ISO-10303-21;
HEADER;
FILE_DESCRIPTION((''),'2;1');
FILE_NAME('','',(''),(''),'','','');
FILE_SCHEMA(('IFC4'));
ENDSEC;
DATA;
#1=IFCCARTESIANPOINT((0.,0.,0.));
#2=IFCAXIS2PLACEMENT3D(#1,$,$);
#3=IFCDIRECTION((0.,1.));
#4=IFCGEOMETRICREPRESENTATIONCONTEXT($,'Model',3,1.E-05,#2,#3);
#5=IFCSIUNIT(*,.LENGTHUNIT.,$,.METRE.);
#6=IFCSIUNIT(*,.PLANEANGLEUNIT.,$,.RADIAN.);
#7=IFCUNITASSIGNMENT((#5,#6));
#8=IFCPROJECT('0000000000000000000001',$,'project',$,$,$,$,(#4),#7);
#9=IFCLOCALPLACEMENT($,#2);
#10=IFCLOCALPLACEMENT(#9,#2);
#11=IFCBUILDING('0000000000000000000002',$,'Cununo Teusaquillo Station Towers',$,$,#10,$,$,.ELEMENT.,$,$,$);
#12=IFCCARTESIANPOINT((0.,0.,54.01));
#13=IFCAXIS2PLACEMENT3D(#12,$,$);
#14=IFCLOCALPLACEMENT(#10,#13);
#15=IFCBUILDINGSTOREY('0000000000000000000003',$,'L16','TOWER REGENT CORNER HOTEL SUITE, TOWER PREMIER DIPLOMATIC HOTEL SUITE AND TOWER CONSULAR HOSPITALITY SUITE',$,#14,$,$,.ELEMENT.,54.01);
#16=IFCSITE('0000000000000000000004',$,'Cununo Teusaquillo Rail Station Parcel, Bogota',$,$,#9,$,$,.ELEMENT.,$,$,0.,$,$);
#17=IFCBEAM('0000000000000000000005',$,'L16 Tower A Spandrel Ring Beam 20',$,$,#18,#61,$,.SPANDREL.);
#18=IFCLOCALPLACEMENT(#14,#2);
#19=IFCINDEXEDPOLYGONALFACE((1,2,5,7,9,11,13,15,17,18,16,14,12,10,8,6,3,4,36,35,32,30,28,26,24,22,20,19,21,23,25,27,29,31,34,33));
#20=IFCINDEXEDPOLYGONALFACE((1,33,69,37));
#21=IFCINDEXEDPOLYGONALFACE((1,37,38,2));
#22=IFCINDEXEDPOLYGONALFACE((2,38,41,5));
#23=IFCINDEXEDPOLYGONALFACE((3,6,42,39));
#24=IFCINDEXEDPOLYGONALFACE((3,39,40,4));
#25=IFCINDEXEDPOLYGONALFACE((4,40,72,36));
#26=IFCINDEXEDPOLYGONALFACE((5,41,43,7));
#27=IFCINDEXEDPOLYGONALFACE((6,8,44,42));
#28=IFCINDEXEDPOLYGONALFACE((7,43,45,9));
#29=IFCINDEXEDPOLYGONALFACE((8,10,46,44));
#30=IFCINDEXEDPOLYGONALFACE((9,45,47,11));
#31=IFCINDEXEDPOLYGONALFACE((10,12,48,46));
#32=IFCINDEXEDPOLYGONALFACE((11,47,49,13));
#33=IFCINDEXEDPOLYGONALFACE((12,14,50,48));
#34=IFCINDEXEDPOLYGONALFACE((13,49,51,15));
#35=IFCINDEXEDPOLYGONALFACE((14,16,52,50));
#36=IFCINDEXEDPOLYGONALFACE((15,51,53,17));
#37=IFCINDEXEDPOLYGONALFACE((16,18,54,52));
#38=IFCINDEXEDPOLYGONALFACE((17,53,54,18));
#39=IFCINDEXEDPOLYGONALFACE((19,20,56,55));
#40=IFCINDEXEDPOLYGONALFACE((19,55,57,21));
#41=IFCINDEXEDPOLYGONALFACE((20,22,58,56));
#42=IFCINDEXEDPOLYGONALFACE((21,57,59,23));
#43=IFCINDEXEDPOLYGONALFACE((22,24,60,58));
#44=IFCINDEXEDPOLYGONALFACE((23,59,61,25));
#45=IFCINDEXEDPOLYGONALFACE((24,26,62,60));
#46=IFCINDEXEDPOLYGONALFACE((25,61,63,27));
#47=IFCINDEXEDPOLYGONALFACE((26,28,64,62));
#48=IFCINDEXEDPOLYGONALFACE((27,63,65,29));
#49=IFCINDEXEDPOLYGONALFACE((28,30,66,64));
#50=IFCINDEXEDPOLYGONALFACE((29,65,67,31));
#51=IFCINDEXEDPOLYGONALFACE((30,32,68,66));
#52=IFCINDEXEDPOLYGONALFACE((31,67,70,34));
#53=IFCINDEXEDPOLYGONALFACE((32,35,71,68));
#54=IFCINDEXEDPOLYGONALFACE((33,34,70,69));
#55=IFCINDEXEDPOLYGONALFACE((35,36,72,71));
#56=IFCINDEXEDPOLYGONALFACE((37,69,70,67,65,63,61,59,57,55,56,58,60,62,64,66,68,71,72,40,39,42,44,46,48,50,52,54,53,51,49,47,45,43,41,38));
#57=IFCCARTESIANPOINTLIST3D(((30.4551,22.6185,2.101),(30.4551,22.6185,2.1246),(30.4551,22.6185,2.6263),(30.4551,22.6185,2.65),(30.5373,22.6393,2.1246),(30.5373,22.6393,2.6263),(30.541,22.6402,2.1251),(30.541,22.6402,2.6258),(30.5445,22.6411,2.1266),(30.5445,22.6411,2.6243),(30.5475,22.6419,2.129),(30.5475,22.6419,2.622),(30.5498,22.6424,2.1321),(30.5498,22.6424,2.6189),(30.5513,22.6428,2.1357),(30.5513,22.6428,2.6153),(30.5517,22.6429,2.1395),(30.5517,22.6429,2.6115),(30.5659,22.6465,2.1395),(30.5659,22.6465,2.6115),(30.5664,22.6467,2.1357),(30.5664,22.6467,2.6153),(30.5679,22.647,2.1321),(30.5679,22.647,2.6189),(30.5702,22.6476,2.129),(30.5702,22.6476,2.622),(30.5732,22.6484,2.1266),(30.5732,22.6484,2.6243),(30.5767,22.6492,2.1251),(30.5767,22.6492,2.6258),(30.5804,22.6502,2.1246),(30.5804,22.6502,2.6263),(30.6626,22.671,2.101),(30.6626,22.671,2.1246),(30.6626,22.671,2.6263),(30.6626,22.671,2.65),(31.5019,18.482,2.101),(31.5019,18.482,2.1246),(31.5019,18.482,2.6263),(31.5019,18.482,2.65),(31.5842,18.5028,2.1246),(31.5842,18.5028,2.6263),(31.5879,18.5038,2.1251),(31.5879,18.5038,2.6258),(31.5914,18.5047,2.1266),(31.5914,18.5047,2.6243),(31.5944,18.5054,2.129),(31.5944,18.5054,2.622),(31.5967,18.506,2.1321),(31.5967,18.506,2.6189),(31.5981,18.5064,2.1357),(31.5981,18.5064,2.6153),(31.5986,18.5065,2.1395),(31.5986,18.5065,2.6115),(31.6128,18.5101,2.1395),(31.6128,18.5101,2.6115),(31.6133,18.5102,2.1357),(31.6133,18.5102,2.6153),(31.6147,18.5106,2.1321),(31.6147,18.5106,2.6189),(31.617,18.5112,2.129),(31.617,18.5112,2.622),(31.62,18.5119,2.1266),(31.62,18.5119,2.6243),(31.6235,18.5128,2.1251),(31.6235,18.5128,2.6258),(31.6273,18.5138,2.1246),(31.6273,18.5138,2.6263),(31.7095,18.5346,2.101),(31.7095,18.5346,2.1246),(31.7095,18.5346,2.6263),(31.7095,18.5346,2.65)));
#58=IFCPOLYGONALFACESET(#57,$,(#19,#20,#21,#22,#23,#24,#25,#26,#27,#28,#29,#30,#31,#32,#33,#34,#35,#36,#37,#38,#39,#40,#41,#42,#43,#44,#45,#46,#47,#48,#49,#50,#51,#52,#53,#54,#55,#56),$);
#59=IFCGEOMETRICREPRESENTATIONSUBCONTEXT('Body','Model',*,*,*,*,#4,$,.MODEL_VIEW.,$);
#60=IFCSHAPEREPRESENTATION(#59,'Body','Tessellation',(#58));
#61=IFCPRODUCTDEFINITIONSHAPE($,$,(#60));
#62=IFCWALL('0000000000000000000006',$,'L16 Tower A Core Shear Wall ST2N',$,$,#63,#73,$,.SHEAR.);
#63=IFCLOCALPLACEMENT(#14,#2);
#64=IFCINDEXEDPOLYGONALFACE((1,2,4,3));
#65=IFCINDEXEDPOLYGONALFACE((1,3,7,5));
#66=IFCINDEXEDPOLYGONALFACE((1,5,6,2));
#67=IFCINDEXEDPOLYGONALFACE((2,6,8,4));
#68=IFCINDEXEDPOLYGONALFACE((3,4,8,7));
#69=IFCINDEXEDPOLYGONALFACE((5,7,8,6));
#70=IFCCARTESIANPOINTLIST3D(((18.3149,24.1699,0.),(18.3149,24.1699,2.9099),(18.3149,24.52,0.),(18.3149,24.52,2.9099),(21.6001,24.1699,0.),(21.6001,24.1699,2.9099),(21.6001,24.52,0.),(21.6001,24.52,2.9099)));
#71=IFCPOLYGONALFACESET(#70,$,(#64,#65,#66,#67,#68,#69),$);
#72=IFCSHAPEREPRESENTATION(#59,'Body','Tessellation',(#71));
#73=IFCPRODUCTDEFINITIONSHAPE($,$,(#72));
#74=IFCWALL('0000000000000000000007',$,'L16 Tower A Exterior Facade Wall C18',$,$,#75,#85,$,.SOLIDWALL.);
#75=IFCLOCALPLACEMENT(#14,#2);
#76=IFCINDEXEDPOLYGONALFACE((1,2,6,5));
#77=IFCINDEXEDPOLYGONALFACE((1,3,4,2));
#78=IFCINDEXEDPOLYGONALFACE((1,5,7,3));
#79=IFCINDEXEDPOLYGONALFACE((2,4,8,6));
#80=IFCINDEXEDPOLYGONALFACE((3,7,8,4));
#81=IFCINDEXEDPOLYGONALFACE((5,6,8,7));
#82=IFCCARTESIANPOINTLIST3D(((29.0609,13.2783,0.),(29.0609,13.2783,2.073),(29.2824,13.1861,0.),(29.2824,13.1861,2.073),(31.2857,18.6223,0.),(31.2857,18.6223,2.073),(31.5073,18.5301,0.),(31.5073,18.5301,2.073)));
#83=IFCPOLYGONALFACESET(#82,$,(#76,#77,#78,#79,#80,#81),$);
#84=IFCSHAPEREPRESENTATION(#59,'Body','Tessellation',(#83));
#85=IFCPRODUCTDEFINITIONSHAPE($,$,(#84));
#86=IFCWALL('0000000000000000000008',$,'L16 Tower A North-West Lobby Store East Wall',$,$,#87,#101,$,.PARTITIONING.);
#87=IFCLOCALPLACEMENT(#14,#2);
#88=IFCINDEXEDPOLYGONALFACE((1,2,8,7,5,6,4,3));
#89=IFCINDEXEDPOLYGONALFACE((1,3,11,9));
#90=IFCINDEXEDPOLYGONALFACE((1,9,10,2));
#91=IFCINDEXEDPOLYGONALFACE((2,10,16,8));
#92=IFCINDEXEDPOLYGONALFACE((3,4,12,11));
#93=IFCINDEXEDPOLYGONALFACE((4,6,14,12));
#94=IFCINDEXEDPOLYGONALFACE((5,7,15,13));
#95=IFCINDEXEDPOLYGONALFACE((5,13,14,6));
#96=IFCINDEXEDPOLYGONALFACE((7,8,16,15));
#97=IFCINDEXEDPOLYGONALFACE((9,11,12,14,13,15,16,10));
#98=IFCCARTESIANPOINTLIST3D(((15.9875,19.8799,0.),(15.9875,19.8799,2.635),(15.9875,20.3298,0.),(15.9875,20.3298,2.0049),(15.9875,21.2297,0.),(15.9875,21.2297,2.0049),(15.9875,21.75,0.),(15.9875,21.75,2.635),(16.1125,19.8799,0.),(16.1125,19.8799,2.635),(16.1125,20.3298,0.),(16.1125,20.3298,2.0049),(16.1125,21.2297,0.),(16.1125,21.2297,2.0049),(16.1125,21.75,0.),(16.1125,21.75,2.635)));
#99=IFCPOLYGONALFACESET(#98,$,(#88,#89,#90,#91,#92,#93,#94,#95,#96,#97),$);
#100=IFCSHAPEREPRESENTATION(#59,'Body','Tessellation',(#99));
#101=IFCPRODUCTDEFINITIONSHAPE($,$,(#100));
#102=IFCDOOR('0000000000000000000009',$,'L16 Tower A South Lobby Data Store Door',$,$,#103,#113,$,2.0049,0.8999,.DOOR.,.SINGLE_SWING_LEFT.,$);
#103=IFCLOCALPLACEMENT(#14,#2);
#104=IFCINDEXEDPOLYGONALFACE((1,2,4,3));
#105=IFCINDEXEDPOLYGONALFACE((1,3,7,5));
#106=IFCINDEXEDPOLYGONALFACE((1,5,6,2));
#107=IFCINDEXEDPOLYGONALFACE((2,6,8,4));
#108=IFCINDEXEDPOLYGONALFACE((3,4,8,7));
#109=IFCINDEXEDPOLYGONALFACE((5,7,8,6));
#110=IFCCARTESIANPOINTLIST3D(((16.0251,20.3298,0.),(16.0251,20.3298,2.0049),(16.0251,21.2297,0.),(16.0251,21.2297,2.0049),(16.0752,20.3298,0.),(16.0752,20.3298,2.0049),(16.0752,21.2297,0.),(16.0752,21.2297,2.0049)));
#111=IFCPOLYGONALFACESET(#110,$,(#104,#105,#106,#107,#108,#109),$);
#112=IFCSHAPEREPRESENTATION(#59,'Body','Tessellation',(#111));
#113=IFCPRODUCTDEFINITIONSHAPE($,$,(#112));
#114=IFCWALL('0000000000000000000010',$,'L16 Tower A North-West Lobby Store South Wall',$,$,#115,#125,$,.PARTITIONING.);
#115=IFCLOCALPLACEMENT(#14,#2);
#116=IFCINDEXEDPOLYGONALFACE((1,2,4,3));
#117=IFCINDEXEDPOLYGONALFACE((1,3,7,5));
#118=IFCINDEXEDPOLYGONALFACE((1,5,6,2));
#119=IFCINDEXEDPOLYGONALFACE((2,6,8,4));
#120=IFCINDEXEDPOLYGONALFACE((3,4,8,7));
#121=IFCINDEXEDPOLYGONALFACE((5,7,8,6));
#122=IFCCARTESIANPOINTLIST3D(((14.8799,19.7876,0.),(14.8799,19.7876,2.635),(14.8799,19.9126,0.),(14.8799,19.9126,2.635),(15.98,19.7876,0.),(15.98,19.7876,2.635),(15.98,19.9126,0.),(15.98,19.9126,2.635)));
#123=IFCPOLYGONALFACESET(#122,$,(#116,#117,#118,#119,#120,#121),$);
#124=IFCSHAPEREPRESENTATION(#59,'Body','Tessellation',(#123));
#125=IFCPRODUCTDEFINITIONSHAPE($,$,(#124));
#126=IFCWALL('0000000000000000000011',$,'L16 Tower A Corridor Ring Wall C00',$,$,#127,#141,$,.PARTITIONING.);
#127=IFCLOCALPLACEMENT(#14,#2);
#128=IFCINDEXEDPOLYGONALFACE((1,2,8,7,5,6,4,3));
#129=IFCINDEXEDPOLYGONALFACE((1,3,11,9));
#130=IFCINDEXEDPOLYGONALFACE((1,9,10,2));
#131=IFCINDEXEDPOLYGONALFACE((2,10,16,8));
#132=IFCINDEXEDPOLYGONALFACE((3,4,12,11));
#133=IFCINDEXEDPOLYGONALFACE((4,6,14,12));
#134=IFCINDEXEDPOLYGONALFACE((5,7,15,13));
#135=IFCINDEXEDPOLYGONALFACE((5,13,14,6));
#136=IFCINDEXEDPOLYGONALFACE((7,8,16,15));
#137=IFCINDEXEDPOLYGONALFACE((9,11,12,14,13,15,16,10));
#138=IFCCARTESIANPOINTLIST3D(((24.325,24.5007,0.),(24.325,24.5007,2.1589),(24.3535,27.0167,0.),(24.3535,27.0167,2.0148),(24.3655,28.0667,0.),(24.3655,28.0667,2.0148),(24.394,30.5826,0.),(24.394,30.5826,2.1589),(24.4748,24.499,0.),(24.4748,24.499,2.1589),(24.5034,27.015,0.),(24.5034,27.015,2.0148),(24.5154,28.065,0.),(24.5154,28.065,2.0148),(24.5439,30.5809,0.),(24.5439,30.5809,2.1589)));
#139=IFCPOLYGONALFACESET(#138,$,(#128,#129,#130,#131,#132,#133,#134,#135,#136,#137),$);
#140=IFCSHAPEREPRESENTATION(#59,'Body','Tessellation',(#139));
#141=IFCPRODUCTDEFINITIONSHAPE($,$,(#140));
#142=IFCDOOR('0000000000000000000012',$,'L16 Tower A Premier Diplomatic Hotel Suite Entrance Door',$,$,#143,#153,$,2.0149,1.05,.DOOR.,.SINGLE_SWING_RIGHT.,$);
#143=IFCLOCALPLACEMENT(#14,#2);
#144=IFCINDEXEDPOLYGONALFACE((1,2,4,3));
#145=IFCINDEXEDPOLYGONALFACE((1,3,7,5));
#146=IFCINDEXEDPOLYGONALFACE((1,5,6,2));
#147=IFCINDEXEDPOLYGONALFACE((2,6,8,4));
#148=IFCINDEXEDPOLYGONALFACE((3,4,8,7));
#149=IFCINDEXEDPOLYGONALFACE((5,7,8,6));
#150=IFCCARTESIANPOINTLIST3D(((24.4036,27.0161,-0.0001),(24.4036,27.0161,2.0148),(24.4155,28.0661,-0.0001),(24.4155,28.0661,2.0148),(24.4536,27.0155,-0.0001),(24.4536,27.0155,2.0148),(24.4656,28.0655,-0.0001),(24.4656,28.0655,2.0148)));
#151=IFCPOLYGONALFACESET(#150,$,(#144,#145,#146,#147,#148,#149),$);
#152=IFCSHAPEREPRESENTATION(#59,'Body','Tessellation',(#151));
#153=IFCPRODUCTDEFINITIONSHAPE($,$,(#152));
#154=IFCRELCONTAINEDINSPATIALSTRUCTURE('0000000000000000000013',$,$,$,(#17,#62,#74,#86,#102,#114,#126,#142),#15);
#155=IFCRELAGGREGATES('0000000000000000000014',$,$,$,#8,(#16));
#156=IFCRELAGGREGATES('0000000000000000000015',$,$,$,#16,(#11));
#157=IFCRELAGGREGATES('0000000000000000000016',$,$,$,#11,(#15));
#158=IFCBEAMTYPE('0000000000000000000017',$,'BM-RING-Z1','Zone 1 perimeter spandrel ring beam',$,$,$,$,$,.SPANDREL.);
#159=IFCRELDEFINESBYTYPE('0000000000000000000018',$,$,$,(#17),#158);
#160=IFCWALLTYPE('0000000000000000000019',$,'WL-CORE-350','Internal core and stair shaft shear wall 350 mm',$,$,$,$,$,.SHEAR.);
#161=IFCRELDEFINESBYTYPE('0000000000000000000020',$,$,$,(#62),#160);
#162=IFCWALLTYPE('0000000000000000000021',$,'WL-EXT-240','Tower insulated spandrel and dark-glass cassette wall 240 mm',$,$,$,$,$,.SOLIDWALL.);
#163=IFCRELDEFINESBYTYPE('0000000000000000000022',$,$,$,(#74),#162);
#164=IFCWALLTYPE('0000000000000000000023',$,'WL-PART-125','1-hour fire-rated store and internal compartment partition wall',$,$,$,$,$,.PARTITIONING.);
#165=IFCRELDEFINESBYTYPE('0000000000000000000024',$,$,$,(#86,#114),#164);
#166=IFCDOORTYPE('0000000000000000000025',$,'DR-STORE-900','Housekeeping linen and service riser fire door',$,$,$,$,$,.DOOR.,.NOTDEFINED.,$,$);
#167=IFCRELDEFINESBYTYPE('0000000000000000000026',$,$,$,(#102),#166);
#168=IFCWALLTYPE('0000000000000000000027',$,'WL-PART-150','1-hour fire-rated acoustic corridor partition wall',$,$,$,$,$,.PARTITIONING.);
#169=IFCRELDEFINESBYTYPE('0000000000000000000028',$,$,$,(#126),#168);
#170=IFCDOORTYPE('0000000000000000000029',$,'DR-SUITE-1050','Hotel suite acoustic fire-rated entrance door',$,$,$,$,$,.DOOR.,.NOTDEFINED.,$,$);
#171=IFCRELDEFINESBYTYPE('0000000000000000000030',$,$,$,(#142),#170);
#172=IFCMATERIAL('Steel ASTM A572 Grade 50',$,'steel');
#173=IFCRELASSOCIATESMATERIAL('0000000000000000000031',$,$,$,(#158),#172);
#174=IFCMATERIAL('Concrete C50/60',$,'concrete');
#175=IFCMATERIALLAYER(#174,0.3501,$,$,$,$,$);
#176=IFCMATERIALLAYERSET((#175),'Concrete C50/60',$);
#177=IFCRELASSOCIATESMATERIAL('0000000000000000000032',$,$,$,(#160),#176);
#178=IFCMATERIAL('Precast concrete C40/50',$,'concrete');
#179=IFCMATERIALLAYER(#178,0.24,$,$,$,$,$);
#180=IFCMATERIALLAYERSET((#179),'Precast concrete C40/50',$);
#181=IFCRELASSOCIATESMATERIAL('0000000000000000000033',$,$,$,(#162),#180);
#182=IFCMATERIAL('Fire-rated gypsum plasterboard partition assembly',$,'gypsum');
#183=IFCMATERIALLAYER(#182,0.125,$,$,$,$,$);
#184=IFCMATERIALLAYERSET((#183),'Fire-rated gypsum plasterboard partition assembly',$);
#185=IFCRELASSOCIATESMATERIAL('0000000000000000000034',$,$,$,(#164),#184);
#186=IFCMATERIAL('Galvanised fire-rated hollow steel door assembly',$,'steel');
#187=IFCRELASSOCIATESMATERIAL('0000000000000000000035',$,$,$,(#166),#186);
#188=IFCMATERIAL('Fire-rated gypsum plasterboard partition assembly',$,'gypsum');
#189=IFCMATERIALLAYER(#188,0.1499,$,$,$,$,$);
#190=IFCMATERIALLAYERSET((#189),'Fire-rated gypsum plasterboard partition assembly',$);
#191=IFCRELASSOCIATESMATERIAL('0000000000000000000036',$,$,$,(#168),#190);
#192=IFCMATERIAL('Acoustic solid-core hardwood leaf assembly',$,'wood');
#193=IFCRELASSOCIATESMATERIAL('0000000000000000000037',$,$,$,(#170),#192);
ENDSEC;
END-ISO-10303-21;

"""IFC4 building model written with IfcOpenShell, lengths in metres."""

from ifc_helpers import new_model, si_unit, direction, frame, frame_2d, origin, origin_2d, place, context, subcontext, project, spatial, rectangle, i_section, extrude, source, transform, mapped, material, layer, layer_set, material_profile, profile_set, type_object, element, fill, save


model = new_model("IFC4")

# Units and contexts
model_context = context("Model", 3, precision=1e-05, world=origin(), true_north=direction((0.0, 1.0)))
body_context = subcontext(model_context, "Body", "Model", "MODEL_VIEW")
ifc_project = project(units=[si_unit("LENGTHUNIT", "METRE"), si_unit("PLANEANGLEUNIT", "RADIAN")], contexts=[model_context])

# Site, building, storey
site_placement = place(None, origin())
site = spatial("IfcSite", under=ifc_project, at=site_placement, Name="Cununo Teusaquillo Rail Station Parcel, Bogota", CompositionType="ELEMENT", RefElevation=0.0)
building_placement = place(site_placement, origin())
building = spatial("IfcBuilding", under=site, at=building_placement, Name="Cununo Teusaquillo Station Towers", CompositionType="ELEMENT")
storey_placement = place(building_placement, frame((0.0, 0.0, 54.01)))
storey = spatial("IfcBuildingStorey", under=building, at=storey_placement, Name="L16", Description="TOWER REGENT CORNER HOTEL SUITE, TOWER PREMIER DIPLOMATIC HOTEL SUITE AND TOWER CONSULAR HOSPITALITY SUITE", CompositionType="ELEMENT", Elevation=54.01)

# Beam
ifc_material_1 = material(Name="Steel ASTM A572 Grade 50", Category="steel")
ifc_material_profile_1 = material_profile(ifc_material_1, i_section(OverallWidth=0.2141, OverallDepth=0.5491, WebThickness=0.0146, FlangeThickness=0.0237, FilletRadius=0.0149, at=origin_2d()), Name="W21X93")
ifc_profile_set_1 = profile_set([ifc_material_profile_1], Name="Steel ASTM A572 Grade 50")
beam_type_1 = type_object("IfcBeamType", Name="BM-RING-Z1", Description="Zone 1 perimeter spandrel ring beam", PredefinedType="SPANDREL", material=ifc_profile_set_1)
beam_1_placement = place(storey_placement, frame((31.6057, 18.5083, 2.3755), z_axis=(-0.245348, 0.969435, 0.0), x_axis=(-0.969435, -0.245348, 0.0)))
element("IfcBeam", 1, at=beam_1_placement, inside=storey, type_object=beam_type_1, Name="L16 Tower A Spandrel Ring Beam 20", PredefinedType="SPANDREL", context=body_context, shape_type="SweptSolid", body=[
    extrude(i_section(OverallWidth=0.2141, OverallDepth=0.5491, WebThickness=0.0146, FlangeThickness=0.0237, FilletRadius=0.0149, at=origin_2d()), origin(), (0.0, 0.0, 1.0), 4.2668),
])

# Walls
ifc_material_2 = material(Name="Concrete C50/60", Category="concrete")
ifc_layer_1 = layer(ifc_material_2, 0.3501)
ifc_layer_set_1 = layer_set([ifc_layer_1], Name="Concrete C50/60")
wall_type_1 = type_object("IfcWallType", Name="WL-CORE-350", Description="Internal core and stair shaft shear wall 350 mm", PredefinedType="SHEAR", material=ifc_layer_set_1)
wall_1_placement = place(storey_placement, frame((18.3149, 24.345, 0.0), z_axis=(0.0, 0.0, 1.0), x_axis=(1.0, 0.0, 0.0)))
element("IfcWall", 2, at=wall_1_placement, inside=storey, type_object=wall_type_1, Name="L16 Tower A Core Shear Wall ST2N", PredefinedType="SHEAR", context=body_context, shape_type="SweptSolid", body=[
    extrude(rectangle(XDim=3.2852, YDim=0.3501, at=frame_2d((1.6426, 0.0))), origin(), (0.0, 0.0, 1.0), 2.9099),
])
ifc_material_3 = material(Name="Precast concrete C40/50", Category="concrete")
ifc_layer_2 = layer(ifc_material_3, 0.24)
ifc_layer_set_2 = layer_set([ifc_layer_2], Name="Precast concrete C40/50")
wall_type_2 = type_object("IfcWallType", Name="WL-EXT-240", Description="Tower insulated spandrel and dark-glass cassette wall 240 mm", PredefinedType="SOLIDWALL", material=ifc_layer_set_2)
wall_2_placement = place(storey_placement, frame((31.3965, 18.5762, 0.0), z_axis=(0.0, 0.0, 1.0), x_axis=(-0.384349, -0.923188, 0.0)))
element("IfcWall", 3, at=wall_2_placement, inside=storey, type_object=wall_type_2, Name="L16 Tower A Exterior Facade Wall C18", PredefinedType="SOLIDWALL", context=body_context, shape_type="SweptSolid", body=[
    extrude(rectangle(XDim=5.7886, YDim=0.24, at=frame_2d((2.8943, 0.0))), origin(), (0.0, 0.0, 1.0), 2.073),
])

# Wall, opening, door
ifc_material_4 = material(Name="Fire-rated gypsum plasterboard partition assembly", Category="gypsum")
ifc_layer_3 = layer(ifc_material_4, 0.125)
ifc_layer_set_3 = layer_set([ifc_layer_3], Name="Fire-rated gypsum plasterboard partition assembly")
wall_type_3 = type_object("IfcWallType", Name="WL-PART-125", Description="1-hour fire-rated store and internal compartment partition wall", PredefinedType="PARTITIONING", material=ifc_layer_set_3)
wall_3_placement = place(storey_placement, frame((16.05, 19.8799, 0.0), z_axis=(0.0, 0.0, 1.0), x_axis=(0.0, 1.0, 0.0)))
wall_3 = element("IfcWall", 4, at=wall_3_placement, inside=storey, type_object=wall_type_3, Name="L16 Tower A North-West Lobby Store East Wall", PredefinedType="PARTITIONING", context=body_context, shape_type="SweptSolid", body=[
    extrude(rectangle(XDim=1.8701, YDim=0.125, at=frame_2d((0.9351, 0.0))), origin(), (0.0, 0.0, 1.0), 2.635),
])
shared_shape_1 = source(origin(), body_context, "Body", "SweptSolid", [
    extrude(rectangle(XDim=0.8999, YDim=2.0049, at=frame_2d((0.45, 1.0024))), frame((0.0, 0.0725, 0.0), z_axis=(0.0, -1.0, 0.0), x_axis=(1.0, 0.0, 0.0)), (0.0, 0.0, 1.0), 0.145),
])
opening_1_placement = place(wall_3_placement, frame((0.45, 0.0, 0.0)))
opening_1 = element("IfcOpeningElement", 5, at=opening_1_placement, cuts=wall_3, PredefinedType="OPENING", context=body_context, shape_type="MappedRepresentation", body=[
    mapped(shared_shape_1, transform((0.0, 0.0, 0.0), x_axis=(1.0, 0.0, 0.0), y_axis=(0.0, 1.0, 0.0), z_axis=(0.0, 0.0, 1.0), scale=1.0)),
])
ifc_material_5 = material(Name="Galvanised fire-rated hollow steel door assembly", Category="steel")
door_type_1 = type_object("IfcDoorType", Name="DR-STORE-900", Description="Housekeeping linen and service riser fire door", OperationType="NOTDEFINED", PredefinedType="DOOR", material=ifc_material_5)
shared_shape_2 = source(origin(), body_context, "Body", "SweptSolid", [
    extrude(rectangle(XDim=0.8999, YDim=2.0049, at=frame_2d((0.45, 1.0024))), frame((0.0, 0.0249, 0.0), z_axis=(0.0, -1.0, 0.0), x_axis=(1.0, 0.0, 0.0)), (0.0, 0.0, 1.0), 0.05),
])
door_1_placement = place(opening_1_placement, origin())
door_1 = element("IfcDoor", 6, at=door_1_placement, inside=storey, type_object=door_type_1, Name="L16 Tower A South Lobby Data Store Door", OperationType="SINGLE_SWING_LEFT", OverallHeight=2.0049, OverallWidth=0.8999, PredefinedType="DOOR", context=body_context, shape_type="MappedRepresentation", body=[
    mapped(shared_shape_2, transform((0.0, 0.0, 0.0), x_axis=(1.0, 0.0, 0.0), y_axis=(0.0, 1.0, 0.0), z_axis=(0.0, 0.0, 1.0), scale=1.0)),
])
fill(opening_1, door_1)

# Wall
wall_4_placement = place(storey_placement, frame((14.8799, 19.8501, 0.0), z_axis=(0.0, 0.0, 1.0), x_axis=(1.0, 0.0, 0.0)))
element("IfcWall", 7, at=wall_4_placement, inside=storey, type_object=wall_type_3, Name="L16 Tower A North-West Lobby Store South Wall", PredefinedType="PARTITIONING", context=body_context, shape_type="SweptSolid", body=[
    extrude(rectangle(XDim=1.1001, YDim=0.125, at=frame_2d((0.55, 0.0))), origin(), (0.0, 0.0, 1.0), 2.635),
])

# Wall, opening, door
ifc_material_6 = material(Name="Fire-rated gypsum plasterboard partition assembly", Category="gypsum")
ifc_layer_4 = layer(ifc_material_6, 0.1499)
ifc_layer_set_4 = layer_set([ifc_layer_4], Name="Fire-rated gypsum plasterboard partition assembly")
wall_type_4 = type_object("IfcWallType", Name="WL-PART-150", Description="1-hour fire-rated acoustic corridor partition wall", PredefinedType="PARTITIONING", material=ifc_layer_set_4)
wall_5_placement = place(storey_placement, frame((24.3999, 24.5, 0.0), z_axis=(0.0, 0.0, 1.0), x_axis=(0.01136, 0.999935, 0.0)))
wall_5 = element("IfcWall", 8, at=wall_5_placement, inside=storey, type_object=wall_type_4, Name="L16 Tower A Corridor Ring Wall C00", PredefinedType="PARTITIONING", context=body_context, shape_type="SweptSolid", body=[
    extrude(rectangle(XDim=6.0823, YDim=0.1499, at=frame_2d((3.041, 0.0))), origin(), (0.0, 0.0, 1.0), 2.1589),
])
shared_shape_3 = source(origin(), body_context, "Body", "SweptSolid", [
    extrude(rectangle(XDim=1.05, YDim=2.0149, at=frame_2d((0.5249, 1.0073))), frame((0.0, 0.085, 0.0), z_axis=(0.0, -1.0, 0.0), x_axis=(1.0, 0.0, 0.0)), (0.0, 0.0, 1.0), 0.1699),
])
opening_2_placement = place(wall_5_placement, frame((2.5161, 0.0, 0.0)))
opening_2 = element("IfcOpeningElement", 9, at=opening_2_placement, cuts=wall_5, PredefinedType="OPENING", context=body_context, shape_type="MappedRepresentation", body=[
    mapped(shared_shape_3, transform((0.0, 0.0, 0.0), x_axis=(1.0, 0.0, 0.0), y_axis=(0.0, 1.0, 0.0), z_axis=(0.0, 0.0, 1.0), scale=1.0)),
])
ifc_material_7 = material(Name="Acoustic solid-core hardwood leaf assembly", Category="wood")
door_type_2 = type_object("IfcDoorType", Name="DR-SUITE-1050", Description="Hotel suite acoustic fire-rated entrance door", OperationType="NOTDEFINED", PredefinedType="DOOR", material=ifc_material_7)
shared_shape_4 = source(origin(), body_context, "Body", "SweptSolid", [
    extrude(rectangle(XDim=1.05, YDim=2.0149, at=frame_2d((0.5249, 1.0073))), frame((0.0, 0.0249, 0.0), z_axis=(0.0, -1.0, 0.0), x_axis=(1.0, 0.0, 0.0)), (0.0, 0.0, 1.0), 0.05),
])
door_2_placement = place(opening_2_placement, origin())
door_2 = element("IfcDoor", 10, at=door_2_placement, inside=storey, type_object=door_type_2, Name="L16 Tower A Premier Diplomatic Hotel Suite Entrance Door", OperationType="SINGLE_SWING_RIGHT", OverallHeight=2.0149, OverallWidth=1.05, PredefinedType="DOOR", context=body_context, shape_type="MappedRepresentation", body=[
    mapped(shared_shape_4, transform((0.0, 0.0, 0.0), x_axis=(1.0, 0.0, 0.0), y_axis=(0.0, 1.0, 0.0), z_axis=(0.0, 0.0, 1.0), scale=1.0)),
])
fill(opening_2, door_2)

save(model, "model.ifc")
